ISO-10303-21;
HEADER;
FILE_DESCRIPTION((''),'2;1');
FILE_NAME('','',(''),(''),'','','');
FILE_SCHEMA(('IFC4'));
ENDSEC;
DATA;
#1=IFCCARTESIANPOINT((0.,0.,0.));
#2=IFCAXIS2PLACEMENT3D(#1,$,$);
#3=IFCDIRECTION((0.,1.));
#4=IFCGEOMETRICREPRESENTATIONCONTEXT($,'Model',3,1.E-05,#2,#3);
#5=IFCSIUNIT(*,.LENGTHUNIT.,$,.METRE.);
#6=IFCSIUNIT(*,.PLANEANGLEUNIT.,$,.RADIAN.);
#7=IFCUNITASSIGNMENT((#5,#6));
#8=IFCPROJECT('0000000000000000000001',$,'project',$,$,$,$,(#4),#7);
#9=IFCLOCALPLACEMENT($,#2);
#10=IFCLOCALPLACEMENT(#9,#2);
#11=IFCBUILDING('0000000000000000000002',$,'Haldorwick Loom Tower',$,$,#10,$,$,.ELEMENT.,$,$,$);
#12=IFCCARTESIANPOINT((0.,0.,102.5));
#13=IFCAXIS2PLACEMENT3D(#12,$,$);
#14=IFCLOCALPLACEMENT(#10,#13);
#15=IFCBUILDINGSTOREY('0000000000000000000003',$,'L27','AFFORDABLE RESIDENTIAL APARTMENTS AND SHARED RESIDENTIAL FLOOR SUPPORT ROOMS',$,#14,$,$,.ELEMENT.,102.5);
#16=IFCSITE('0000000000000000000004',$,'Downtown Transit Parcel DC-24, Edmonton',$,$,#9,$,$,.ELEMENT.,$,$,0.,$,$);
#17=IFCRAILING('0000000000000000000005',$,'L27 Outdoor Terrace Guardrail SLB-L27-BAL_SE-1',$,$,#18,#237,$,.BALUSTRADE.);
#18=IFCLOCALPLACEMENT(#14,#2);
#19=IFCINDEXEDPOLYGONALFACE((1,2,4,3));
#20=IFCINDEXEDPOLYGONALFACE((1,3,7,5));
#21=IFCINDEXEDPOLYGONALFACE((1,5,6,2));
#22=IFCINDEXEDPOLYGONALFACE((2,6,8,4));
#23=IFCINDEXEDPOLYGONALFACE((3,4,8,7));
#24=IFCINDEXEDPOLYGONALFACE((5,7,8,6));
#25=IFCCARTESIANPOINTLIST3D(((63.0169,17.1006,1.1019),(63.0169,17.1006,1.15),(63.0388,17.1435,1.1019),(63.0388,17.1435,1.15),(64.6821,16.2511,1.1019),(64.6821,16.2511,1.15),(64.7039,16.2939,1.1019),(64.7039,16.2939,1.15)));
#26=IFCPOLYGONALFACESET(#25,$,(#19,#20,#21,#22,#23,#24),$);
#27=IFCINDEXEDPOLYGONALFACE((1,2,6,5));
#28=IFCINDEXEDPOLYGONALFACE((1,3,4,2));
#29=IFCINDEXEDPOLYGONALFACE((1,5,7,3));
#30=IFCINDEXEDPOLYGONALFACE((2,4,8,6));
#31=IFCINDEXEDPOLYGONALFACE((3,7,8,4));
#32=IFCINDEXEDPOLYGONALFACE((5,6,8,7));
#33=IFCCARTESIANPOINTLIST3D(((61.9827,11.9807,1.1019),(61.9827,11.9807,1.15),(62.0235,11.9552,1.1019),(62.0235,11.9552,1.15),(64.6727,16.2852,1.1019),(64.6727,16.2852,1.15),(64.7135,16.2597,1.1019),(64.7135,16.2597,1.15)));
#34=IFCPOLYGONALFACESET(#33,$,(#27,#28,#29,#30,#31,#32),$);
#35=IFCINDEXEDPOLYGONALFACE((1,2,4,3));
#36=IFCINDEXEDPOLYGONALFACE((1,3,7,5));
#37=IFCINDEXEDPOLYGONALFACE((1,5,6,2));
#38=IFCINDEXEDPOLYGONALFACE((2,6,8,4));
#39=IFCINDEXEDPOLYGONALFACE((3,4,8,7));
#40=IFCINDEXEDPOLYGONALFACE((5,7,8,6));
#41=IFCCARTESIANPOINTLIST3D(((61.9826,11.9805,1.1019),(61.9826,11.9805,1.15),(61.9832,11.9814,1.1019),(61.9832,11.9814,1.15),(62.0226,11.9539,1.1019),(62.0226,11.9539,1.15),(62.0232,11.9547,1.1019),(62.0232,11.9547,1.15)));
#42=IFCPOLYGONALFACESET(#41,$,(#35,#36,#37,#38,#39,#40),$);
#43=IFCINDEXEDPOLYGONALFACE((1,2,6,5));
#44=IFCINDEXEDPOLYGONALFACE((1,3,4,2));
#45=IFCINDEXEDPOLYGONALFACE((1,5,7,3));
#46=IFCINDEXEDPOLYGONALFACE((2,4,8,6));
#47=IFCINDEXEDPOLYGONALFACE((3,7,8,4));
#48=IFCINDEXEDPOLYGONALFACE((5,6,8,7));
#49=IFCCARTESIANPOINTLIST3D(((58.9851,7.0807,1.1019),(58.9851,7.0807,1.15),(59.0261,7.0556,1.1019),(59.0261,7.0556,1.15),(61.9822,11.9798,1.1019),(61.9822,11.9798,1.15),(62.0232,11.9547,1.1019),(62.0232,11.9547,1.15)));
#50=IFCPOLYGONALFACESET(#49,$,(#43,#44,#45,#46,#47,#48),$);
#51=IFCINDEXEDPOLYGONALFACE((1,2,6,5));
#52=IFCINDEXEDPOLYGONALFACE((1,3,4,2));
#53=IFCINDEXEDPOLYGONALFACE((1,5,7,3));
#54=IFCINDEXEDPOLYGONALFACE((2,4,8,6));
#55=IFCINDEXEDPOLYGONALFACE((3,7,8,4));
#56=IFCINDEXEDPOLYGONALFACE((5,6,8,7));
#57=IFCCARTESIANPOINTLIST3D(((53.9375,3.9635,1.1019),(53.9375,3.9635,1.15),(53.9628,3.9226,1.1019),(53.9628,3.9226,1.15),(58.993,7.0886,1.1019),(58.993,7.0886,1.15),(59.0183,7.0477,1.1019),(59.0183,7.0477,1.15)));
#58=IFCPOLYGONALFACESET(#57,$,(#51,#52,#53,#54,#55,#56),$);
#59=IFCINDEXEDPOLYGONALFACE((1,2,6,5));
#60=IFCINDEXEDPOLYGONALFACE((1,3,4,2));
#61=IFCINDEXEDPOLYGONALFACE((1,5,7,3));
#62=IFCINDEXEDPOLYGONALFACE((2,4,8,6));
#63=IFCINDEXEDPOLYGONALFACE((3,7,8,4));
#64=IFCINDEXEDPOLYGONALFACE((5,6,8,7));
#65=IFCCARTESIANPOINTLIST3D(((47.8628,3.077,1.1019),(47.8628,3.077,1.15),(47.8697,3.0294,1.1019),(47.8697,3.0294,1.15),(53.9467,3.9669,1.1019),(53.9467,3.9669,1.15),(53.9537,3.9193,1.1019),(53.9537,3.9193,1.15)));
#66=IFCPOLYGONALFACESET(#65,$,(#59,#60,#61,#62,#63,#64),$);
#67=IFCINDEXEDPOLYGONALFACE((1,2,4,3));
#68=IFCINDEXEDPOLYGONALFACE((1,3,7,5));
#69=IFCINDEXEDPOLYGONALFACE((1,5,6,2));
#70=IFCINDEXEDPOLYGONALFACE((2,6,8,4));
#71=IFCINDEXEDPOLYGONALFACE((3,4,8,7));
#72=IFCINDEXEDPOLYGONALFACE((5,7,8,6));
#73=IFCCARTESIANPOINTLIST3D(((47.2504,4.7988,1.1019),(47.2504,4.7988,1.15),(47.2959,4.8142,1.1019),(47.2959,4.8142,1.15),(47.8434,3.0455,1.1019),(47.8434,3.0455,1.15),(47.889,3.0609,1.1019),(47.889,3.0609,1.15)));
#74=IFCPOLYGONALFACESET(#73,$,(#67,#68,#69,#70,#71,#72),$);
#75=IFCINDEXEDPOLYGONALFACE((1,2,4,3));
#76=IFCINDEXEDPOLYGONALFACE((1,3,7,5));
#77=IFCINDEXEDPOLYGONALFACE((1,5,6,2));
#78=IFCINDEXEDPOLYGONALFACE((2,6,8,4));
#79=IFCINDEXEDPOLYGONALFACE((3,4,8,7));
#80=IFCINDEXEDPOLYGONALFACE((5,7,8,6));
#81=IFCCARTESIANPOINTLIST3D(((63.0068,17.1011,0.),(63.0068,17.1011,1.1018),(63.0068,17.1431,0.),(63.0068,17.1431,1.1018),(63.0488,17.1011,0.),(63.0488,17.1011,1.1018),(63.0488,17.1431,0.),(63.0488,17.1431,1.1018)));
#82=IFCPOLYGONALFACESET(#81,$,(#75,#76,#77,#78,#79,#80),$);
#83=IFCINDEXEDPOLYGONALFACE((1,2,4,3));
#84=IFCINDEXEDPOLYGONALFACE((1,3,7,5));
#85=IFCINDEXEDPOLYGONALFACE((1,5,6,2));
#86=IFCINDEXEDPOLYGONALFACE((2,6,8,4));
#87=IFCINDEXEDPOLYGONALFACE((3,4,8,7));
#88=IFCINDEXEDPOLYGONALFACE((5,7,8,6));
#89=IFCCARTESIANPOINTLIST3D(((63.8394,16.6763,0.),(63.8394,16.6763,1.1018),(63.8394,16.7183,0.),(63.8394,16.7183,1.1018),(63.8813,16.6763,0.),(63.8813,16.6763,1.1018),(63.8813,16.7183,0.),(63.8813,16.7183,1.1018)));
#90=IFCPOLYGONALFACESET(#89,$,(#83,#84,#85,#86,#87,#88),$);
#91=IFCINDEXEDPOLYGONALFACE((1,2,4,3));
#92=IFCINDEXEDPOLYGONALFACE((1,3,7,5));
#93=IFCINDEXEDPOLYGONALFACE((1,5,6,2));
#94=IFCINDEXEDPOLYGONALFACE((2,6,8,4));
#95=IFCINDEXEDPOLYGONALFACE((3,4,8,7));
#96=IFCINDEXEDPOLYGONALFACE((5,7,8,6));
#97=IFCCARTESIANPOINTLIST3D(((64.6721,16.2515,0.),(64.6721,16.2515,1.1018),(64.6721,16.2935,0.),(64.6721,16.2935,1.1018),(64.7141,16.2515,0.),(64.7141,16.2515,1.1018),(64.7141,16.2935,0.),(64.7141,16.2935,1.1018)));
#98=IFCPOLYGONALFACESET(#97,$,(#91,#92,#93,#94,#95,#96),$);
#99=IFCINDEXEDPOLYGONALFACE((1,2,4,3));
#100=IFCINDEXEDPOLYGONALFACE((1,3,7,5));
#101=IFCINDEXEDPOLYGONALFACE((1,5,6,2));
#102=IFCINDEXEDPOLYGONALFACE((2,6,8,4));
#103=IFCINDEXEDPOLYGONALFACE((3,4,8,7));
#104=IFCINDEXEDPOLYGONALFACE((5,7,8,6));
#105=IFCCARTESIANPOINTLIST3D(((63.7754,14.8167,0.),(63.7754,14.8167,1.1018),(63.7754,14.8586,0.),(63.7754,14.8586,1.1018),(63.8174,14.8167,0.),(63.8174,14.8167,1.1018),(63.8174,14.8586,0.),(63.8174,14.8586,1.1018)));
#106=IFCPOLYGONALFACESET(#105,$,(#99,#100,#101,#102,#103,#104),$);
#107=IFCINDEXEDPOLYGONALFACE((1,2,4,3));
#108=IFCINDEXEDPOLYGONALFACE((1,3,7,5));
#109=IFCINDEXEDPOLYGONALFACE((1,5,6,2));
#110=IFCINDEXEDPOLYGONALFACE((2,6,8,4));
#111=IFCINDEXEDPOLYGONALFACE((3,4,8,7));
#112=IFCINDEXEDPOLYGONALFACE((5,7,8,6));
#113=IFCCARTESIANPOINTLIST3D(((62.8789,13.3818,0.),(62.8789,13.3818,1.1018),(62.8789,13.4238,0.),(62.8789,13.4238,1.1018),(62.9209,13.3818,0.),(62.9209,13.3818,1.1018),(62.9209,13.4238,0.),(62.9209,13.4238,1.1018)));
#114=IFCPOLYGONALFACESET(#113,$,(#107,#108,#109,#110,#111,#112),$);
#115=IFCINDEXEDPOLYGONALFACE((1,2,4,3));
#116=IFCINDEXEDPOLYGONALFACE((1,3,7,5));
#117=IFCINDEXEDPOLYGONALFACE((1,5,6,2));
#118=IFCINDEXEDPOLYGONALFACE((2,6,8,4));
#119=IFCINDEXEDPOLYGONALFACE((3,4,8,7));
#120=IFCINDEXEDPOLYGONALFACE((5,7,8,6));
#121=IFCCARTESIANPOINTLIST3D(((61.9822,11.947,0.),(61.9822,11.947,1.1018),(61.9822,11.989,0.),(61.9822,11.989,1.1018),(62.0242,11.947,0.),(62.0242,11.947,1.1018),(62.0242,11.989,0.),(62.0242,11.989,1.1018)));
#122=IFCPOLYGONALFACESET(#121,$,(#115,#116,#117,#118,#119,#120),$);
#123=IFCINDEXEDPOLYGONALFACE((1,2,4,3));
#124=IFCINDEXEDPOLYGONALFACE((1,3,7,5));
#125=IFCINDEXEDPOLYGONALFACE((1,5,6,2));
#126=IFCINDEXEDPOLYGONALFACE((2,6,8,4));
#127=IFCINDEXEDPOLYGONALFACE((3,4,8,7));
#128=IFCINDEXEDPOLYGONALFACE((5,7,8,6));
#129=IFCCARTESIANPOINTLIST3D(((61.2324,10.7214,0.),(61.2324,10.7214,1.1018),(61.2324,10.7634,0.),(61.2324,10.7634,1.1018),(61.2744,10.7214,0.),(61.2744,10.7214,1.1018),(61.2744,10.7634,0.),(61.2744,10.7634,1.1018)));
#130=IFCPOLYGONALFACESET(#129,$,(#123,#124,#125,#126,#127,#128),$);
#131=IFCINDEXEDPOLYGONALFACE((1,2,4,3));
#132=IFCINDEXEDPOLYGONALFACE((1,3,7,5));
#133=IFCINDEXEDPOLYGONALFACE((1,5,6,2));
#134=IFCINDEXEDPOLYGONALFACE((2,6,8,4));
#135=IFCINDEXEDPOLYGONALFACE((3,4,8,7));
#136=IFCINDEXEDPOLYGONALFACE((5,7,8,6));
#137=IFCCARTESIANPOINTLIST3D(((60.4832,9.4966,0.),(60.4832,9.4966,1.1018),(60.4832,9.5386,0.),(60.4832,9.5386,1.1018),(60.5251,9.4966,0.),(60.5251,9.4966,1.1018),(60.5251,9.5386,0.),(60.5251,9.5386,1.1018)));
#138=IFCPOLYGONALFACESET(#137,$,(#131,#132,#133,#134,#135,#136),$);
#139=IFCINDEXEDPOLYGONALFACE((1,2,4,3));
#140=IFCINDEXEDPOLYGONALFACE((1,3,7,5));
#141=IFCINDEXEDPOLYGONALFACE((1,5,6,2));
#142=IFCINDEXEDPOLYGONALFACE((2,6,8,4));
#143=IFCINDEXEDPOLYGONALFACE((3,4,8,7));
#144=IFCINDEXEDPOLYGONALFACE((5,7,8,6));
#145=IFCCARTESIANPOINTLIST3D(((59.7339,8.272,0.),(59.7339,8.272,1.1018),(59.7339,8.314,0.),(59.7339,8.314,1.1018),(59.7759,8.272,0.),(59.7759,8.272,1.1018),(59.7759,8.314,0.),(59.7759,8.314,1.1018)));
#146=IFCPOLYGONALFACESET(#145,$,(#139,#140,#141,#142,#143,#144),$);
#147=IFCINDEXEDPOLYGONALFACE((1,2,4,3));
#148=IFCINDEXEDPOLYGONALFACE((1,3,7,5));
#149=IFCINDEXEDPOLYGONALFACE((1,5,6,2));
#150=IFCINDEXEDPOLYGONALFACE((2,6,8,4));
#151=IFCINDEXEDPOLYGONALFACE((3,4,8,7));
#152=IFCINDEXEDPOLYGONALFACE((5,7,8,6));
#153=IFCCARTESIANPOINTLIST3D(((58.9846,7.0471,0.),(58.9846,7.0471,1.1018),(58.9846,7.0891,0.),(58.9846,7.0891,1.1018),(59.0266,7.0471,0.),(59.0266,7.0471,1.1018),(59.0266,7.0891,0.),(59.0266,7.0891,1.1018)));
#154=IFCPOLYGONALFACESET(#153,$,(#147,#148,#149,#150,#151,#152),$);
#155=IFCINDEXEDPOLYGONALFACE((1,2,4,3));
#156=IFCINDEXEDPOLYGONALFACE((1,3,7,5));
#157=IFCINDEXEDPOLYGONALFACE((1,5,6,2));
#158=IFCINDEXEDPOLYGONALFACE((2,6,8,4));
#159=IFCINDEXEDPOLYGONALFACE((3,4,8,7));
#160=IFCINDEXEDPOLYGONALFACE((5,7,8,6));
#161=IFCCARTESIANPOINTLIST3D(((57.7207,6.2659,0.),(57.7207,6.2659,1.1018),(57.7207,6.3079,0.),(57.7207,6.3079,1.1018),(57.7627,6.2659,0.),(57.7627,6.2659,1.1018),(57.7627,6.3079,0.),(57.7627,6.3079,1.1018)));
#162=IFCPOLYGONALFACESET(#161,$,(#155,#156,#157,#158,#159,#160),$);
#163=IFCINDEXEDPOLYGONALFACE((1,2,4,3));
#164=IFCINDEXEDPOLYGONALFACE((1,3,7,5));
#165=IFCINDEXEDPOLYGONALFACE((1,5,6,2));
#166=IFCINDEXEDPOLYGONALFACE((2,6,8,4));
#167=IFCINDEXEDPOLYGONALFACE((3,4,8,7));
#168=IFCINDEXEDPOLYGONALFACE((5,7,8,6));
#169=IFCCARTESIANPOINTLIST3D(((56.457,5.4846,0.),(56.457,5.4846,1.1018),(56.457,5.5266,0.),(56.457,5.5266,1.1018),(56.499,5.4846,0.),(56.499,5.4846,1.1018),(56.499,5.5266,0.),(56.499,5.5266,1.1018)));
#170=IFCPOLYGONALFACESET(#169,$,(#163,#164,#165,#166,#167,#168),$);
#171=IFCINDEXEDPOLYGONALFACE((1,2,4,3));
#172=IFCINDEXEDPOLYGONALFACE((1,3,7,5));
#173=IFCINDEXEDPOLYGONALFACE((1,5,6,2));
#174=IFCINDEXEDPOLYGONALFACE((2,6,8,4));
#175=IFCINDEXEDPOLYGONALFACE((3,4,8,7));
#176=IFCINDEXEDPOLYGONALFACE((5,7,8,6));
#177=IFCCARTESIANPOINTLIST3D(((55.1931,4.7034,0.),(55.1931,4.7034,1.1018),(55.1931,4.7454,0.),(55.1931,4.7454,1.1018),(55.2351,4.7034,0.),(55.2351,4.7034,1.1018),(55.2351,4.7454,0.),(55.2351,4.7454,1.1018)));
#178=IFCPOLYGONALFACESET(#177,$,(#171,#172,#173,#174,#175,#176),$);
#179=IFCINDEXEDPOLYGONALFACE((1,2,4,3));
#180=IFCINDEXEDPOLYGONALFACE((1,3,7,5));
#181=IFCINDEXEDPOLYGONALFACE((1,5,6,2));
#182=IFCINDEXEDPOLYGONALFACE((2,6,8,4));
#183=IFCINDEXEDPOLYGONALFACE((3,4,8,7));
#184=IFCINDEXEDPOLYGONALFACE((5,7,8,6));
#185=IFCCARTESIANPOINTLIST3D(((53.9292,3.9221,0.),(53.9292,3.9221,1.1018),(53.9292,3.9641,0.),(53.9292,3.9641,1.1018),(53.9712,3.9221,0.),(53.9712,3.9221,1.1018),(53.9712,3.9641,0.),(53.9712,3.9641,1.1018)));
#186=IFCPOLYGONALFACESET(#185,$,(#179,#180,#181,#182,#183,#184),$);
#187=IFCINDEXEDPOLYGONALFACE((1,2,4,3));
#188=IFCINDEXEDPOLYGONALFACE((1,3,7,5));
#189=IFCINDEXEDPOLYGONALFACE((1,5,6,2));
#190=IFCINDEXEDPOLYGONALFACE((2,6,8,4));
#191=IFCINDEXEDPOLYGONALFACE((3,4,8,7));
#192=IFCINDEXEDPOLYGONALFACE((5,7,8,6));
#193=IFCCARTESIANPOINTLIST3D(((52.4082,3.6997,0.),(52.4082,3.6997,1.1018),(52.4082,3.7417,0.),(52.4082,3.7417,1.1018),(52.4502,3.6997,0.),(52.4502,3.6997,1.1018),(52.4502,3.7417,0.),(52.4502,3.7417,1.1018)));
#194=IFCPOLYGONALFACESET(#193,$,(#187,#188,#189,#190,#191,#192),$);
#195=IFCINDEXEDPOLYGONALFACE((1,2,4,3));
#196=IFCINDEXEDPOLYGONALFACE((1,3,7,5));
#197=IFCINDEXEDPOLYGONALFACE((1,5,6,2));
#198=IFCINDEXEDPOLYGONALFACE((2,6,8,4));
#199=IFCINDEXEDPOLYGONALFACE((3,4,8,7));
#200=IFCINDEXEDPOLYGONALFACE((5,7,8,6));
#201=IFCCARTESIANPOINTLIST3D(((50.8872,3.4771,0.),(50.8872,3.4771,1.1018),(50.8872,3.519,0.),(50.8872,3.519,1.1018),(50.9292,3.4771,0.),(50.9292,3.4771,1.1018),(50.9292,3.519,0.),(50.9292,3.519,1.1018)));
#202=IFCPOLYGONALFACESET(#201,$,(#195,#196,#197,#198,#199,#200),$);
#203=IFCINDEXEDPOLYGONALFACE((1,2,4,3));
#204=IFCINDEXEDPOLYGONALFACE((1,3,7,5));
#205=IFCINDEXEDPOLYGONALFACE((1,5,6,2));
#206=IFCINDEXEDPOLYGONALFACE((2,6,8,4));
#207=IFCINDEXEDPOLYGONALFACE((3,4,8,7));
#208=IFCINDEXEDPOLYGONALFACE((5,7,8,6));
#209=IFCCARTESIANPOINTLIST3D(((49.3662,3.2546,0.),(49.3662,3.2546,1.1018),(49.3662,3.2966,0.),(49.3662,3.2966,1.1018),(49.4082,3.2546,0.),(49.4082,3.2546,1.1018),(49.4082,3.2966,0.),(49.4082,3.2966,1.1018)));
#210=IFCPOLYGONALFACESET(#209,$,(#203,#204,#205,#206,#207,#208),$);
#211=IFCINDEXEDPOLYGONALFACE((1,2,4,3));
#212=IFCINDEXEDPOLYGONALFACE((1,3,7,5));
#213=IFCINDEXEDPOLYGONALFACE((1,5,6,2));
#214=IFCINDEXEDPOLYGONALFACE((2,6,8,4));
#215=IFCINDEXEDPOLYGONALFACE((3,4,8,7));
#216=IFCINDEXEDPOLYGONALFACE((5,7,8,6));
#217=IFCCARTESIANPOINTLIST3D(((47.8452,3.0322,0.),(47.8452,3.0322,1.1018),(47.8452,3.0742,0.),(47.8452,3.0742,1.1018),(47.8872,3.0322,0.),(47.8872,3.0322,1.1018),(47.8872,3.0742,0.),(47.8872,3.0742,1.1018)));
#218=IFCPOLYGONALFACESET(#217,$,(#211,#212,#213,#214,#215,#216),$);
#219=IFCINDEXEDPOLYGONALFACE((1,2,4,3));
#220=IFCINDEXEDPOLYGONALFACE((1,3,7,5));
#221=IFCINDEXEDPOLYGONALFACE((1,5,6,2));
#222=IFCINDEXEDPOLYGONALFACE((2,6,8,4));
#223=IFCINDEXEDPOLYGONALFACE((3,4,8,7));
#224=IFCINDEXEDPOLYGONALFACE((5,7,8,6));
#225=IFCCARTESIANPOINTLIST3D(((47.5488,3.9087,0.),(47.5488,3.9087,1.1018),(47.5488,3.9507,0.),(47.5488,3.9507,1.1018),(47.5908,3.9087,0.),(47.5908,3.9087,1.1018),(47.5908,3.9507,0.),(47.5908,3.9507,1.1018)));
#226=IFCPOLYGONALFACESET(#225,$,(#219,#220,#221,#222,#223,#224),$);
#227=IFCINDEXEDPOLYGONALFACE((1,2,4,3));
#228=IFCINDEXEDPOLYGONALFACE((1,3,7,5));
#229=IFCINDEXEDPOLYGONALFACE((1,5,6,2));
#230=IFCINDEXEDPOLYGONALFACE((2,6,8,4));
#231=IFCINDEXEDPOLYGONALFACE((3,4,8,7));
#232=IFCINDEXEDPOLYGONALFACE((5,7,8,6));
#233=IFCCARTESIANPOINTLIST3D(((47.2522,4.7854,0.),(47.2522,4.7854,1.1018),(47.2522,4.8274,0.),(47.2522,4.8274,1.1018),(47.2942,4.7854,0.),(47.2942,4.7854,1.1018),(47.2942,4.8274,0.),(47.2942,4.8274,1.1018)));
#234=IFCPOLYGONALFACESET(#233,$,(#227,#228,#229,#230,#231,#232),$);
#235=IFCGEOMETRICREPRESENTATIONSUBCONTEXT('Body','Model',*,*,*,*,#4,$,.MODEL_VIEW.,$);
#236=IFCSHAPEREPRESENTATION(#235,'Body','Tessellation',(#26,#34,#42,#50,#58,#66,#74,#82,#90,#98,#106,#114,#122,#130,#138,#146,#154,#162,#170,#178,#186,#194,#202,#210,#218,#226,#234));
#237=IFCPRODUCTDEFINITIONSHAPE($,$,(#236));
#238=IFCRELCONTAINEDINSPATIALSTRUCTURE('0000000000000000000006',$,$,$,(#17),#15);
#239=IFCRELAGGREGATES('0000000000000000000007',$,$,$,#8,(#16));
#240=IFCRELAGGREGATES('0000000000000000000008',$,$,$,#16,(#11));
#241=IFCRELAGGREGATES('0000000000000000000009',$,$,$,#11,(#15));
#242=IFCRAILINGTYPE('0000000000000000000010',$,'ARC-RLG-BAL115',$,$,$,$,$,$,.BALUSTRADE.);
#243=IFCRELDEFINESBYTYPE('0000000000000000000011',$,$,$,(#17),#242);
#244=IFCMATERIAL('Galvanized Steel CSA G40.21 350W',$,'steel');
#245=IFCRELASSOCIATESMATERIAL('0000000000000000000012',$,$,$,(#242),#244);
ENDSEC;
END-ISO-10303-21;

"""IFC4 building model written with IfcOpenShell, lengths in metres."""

from ifc_helpers import new_model, si_unit, direction, frame, origin, origin_2d, place, context, subcontext, project, spatial, rectangle, extrude, material, type_object, element, save


model = new_model("IFC4")

# Units and contexts
model_context = context("Model", 3, precision=1e-05, world=origin(), true_north=direction((0.0, 1.0)))
body_context = subcontext(model_context, "Body", "Model", "MODEL_VIEW")
ifc_project = project(units=[si_unit("LENGTHUNIT", "METRE"), si_unit("PLANEANGLEUNIT", "RADIAN")], contexts=[model_context])

# Site, building, storey
site_placement = place(None, origin())
site = spatial("IfcSite", under=ifc_project, at=site_placement, Name="Downtown Transit Parcel DC-24, Edmonton", CompositionType="ELEMENT", RefElevation=0.0)
building_placement = place(site_placement, origin())
building = spatial("IfcBuilding", under=site, at=building_placement, Name="Haldorwick Loom Tower", CompositionType="ELEMENT")
storey_placement = place(building_placement, frame((0.0, 0.0, 102.5)))
storey = spatial("IfcBuildingStorey", under=building, at=storey_placement, Name="L27", Description="AFFORDABLE RESIDENTIAL APARTMENTS AND SHARED RESIDENTIAL FLOOR SUPPORT ROOMS", CompositionType="ELEMENT", Elevation=102.5)

# Railing
ifc_material_1 = material(Name="Galvanized Steel CSA G40.21 350W", Category="steel")
railing_type = type_object("IfcRailingType", Name="ARC-RLG-BAL115", PredefinedType="BALUSTRADE", material=ifc_material_1)
railing_placement = place(storey_placement, frame((63.0278, 17.1221, 0.0)))
element("IfcRailing", 1, at=railing_placement, inside=storey, type_object=railing_type, Name="L27 Outdoor Terrace Guardrail SLB-L27-BAL_SE-1", PredefinedType="BALUSTRADE", context=body_context, shape_type="SweptSolid", body=[
    extrude(rectangle(XDim=0.0481, YDim=0.0481, at=origin_2d()), frame((0.0, 0.0, 1.126), z_axis=(0.890767, -0.45446, 0.0), x_axis=(0.45446, 0.890767, 0.0)), (0.0, 0.0, 1.0), 1.8694),
    extrude(rectangle(XDim=0.0481, YDim=0.0481, at=origin_2d()), frame((1.6653, -0.8496, 1.126), z_axis=(-0.529951, -0.848028, 0.0), x_axis=(0.848028, -0.529951, 0.0)), (0.0, 0.0, 1.0), 5.0759),
    extrude(rectangle(XDim=0.0481, YDim=0.0481, at=origin_2d()), frame((-1.0247, -5.1541, 1.126), z_axis=(-0.5547, -0.83205, 0.0), x_axis=(0.83205, -0.5547, 0.0)), (0.0, 0.0, 1.0), 0.001),
    extrude(rectangle(XDim=0.0481, YDim=0.0481, at=origin_2d()), frame((-1.0251, -5.1548, 1.126), z_axis=(-0.521847, -0.853039, 0.0), x_axis=(0.853039, -0.521847, 0.0)), (0.0, 0.0, 1.0), 5.7432),
    extrude(rectangle(XDim=0.0481, YDim=0.0481, at=origin_2d()), frame((-4.0222, -10.054, 1.126), z_axis=(-0.850607, -0.525802, 0.0), x_axis=(0.525802, -0.850607, 0.0)), (0.0, 0.0, 1.0), 5.9434),
    extrude(rectangle(XDim=0.0481, YDim=0.0481, at=origin_2d()), frame((-9.0776, -13.179, 1.126), z_axis=(-0.989471, -0.144728, 0.0), x_axis=(0.144728, -0.989471, 0.0)), (0.0, 0.0, 1.0), 6.1487),
    extrude(rectangle(XDim=0.0481, YDim=0.0481, at=origin_2d()), frame((-15.1616, -14.0688, 1.126), z_axis=(-0.32042, 0.947276, 0.0), x_axis=(-0.947276, -0.32042, 0.0)), (0.0, 0.0, 1.0), 1.8508),
    extrude(rectangle(XDim=0.042, YDim=0.042, at=origin_2d()), origin(), (0.0, 0.0, 1.0), 1.1018),
    extrude(rectangle(XDim=0.042, YDim=0.042, at=origin_2d()), frame((0.8325, -0.4248, 0.0)), (0.0, 0.0, 1.0), 1.1018),
    extrude(rectangle(XDim=0.042, YDim=0.042, at=origin_2d()), frame((1.6653, -0.8496, 0.0)), (0.0, 0.0, 1.0), 1.1018),
    extrude(rectangle(XDim=0.042, YDim=0.042, at=origin_2d()), frame((0.7686, -2.2844, 0.0)), (0.0, 0.0, 1.0), 1.1018),
    extrude(rectangle(XDim=0.042, YDim=0.042, at=origin_2d()), frame((-0.1279, -3.7192, 0.0)), (0.0, 0.0, 1.0), 1.1018),
    extrude(rectangle(XDim=0.042, YDim=0.042, at=origin_2d()), frame((-1.0247, -5.1541, 0.0)), (0.0, 0.0, 1.0), 1.1018),
    extrude(rectangle(XDim=0.042, YDim=0.042, at=origin_2d()), frame((-1.7744, -6.3796, 0.0)), (0.0, 0.0, 1.0), 1.1018),
    extrude(rectangle(XDim=0.042, YDim=0.042, at=origin_2d()), frame((-2.5237, -7.6045, 0.0)), (0.0, 0.0, 1.0), 1.1018),
    extrude(rectangle(XDim=0.042, YDim=0.042, at=origin_2d()), frame((-3.2729, -8.8291, 0.0)), (0.0, 0.0, 1.0), 1.1018),
    extrude(rectangle(XDim=0.042, YDim=0.042, at=origin_2d()), frame((-4.0222, -10.054, 0.0)), (0.0, 0.0, 1.0), 1.1018),
    extrude(rectangle(XDim=0.042, YDim=0.042, at=origin_2d()), frame((-5.2861, -10.8352, 0.0)), (0.0, 0.0, 1.0), 1.1018),
    extrude(rectangle(XDim=0.042, YDim=0.042, at=origin_2d()), frame((-6.5498, -11.6165, 0.0)), (0.0, 0.0, 1.0), 1.1018),
    extrude(rectangle(XDim=0.042, YDim=0.042, at=origin_2d()), frame((-7.8137, -12.3977, 0.0)), (0.0, 0.0, 1.0), 1.1018),
    extrude(rectangle(XDim=0.042, YDim=0.042, at=origin_2d()), frame((-9.0776, -13.179, 0.0)), (0.0, 0.0, 1.0), 1.1018),
    extrude(rectangle(XDim=0.042, YDim=0.042, at=origin_2d()), frame((-10.5986, -13.4014, 0.0)), (0.0, 0.0, 1.0), 1.1018),
    extrude(rectangle(XDim=0.042, YDim=0.042, at=origin_2d()), frame((-12.1196, -13.624, 0.0)), (0.0, 0.0, 1.0), 1.1018),
    extrude(rectangle(XDim=0.042, YDim=0.042, at=origin_2d()), frame((-13.6406, -13.8464, 0.0)), (0.0, 0.0, 1.0), 1.1018),
    extrude(rectangle(XDim=0.042, YDim=0.042, at=origin_2d()), frame((-15.1616, -14.0688, 0.0)), (0.0, 0.0, 1.0), 1.1018),
    extrude(rectangle(XDim=0.042, YDim=0.042, at=origin_2d()), frame((-15.458, -13.1924, 0.0)), (0.0, 0.0, 1.0), 1.1018),
    extrude(rectangle(XDim=0.042, YDim=0.042, at=origin_2d()), frame((-15.7546, -12.3157, 0.0)), (0.0, 0.0, 1.0), 1.1018),
])

save(model, "model.ifc")
